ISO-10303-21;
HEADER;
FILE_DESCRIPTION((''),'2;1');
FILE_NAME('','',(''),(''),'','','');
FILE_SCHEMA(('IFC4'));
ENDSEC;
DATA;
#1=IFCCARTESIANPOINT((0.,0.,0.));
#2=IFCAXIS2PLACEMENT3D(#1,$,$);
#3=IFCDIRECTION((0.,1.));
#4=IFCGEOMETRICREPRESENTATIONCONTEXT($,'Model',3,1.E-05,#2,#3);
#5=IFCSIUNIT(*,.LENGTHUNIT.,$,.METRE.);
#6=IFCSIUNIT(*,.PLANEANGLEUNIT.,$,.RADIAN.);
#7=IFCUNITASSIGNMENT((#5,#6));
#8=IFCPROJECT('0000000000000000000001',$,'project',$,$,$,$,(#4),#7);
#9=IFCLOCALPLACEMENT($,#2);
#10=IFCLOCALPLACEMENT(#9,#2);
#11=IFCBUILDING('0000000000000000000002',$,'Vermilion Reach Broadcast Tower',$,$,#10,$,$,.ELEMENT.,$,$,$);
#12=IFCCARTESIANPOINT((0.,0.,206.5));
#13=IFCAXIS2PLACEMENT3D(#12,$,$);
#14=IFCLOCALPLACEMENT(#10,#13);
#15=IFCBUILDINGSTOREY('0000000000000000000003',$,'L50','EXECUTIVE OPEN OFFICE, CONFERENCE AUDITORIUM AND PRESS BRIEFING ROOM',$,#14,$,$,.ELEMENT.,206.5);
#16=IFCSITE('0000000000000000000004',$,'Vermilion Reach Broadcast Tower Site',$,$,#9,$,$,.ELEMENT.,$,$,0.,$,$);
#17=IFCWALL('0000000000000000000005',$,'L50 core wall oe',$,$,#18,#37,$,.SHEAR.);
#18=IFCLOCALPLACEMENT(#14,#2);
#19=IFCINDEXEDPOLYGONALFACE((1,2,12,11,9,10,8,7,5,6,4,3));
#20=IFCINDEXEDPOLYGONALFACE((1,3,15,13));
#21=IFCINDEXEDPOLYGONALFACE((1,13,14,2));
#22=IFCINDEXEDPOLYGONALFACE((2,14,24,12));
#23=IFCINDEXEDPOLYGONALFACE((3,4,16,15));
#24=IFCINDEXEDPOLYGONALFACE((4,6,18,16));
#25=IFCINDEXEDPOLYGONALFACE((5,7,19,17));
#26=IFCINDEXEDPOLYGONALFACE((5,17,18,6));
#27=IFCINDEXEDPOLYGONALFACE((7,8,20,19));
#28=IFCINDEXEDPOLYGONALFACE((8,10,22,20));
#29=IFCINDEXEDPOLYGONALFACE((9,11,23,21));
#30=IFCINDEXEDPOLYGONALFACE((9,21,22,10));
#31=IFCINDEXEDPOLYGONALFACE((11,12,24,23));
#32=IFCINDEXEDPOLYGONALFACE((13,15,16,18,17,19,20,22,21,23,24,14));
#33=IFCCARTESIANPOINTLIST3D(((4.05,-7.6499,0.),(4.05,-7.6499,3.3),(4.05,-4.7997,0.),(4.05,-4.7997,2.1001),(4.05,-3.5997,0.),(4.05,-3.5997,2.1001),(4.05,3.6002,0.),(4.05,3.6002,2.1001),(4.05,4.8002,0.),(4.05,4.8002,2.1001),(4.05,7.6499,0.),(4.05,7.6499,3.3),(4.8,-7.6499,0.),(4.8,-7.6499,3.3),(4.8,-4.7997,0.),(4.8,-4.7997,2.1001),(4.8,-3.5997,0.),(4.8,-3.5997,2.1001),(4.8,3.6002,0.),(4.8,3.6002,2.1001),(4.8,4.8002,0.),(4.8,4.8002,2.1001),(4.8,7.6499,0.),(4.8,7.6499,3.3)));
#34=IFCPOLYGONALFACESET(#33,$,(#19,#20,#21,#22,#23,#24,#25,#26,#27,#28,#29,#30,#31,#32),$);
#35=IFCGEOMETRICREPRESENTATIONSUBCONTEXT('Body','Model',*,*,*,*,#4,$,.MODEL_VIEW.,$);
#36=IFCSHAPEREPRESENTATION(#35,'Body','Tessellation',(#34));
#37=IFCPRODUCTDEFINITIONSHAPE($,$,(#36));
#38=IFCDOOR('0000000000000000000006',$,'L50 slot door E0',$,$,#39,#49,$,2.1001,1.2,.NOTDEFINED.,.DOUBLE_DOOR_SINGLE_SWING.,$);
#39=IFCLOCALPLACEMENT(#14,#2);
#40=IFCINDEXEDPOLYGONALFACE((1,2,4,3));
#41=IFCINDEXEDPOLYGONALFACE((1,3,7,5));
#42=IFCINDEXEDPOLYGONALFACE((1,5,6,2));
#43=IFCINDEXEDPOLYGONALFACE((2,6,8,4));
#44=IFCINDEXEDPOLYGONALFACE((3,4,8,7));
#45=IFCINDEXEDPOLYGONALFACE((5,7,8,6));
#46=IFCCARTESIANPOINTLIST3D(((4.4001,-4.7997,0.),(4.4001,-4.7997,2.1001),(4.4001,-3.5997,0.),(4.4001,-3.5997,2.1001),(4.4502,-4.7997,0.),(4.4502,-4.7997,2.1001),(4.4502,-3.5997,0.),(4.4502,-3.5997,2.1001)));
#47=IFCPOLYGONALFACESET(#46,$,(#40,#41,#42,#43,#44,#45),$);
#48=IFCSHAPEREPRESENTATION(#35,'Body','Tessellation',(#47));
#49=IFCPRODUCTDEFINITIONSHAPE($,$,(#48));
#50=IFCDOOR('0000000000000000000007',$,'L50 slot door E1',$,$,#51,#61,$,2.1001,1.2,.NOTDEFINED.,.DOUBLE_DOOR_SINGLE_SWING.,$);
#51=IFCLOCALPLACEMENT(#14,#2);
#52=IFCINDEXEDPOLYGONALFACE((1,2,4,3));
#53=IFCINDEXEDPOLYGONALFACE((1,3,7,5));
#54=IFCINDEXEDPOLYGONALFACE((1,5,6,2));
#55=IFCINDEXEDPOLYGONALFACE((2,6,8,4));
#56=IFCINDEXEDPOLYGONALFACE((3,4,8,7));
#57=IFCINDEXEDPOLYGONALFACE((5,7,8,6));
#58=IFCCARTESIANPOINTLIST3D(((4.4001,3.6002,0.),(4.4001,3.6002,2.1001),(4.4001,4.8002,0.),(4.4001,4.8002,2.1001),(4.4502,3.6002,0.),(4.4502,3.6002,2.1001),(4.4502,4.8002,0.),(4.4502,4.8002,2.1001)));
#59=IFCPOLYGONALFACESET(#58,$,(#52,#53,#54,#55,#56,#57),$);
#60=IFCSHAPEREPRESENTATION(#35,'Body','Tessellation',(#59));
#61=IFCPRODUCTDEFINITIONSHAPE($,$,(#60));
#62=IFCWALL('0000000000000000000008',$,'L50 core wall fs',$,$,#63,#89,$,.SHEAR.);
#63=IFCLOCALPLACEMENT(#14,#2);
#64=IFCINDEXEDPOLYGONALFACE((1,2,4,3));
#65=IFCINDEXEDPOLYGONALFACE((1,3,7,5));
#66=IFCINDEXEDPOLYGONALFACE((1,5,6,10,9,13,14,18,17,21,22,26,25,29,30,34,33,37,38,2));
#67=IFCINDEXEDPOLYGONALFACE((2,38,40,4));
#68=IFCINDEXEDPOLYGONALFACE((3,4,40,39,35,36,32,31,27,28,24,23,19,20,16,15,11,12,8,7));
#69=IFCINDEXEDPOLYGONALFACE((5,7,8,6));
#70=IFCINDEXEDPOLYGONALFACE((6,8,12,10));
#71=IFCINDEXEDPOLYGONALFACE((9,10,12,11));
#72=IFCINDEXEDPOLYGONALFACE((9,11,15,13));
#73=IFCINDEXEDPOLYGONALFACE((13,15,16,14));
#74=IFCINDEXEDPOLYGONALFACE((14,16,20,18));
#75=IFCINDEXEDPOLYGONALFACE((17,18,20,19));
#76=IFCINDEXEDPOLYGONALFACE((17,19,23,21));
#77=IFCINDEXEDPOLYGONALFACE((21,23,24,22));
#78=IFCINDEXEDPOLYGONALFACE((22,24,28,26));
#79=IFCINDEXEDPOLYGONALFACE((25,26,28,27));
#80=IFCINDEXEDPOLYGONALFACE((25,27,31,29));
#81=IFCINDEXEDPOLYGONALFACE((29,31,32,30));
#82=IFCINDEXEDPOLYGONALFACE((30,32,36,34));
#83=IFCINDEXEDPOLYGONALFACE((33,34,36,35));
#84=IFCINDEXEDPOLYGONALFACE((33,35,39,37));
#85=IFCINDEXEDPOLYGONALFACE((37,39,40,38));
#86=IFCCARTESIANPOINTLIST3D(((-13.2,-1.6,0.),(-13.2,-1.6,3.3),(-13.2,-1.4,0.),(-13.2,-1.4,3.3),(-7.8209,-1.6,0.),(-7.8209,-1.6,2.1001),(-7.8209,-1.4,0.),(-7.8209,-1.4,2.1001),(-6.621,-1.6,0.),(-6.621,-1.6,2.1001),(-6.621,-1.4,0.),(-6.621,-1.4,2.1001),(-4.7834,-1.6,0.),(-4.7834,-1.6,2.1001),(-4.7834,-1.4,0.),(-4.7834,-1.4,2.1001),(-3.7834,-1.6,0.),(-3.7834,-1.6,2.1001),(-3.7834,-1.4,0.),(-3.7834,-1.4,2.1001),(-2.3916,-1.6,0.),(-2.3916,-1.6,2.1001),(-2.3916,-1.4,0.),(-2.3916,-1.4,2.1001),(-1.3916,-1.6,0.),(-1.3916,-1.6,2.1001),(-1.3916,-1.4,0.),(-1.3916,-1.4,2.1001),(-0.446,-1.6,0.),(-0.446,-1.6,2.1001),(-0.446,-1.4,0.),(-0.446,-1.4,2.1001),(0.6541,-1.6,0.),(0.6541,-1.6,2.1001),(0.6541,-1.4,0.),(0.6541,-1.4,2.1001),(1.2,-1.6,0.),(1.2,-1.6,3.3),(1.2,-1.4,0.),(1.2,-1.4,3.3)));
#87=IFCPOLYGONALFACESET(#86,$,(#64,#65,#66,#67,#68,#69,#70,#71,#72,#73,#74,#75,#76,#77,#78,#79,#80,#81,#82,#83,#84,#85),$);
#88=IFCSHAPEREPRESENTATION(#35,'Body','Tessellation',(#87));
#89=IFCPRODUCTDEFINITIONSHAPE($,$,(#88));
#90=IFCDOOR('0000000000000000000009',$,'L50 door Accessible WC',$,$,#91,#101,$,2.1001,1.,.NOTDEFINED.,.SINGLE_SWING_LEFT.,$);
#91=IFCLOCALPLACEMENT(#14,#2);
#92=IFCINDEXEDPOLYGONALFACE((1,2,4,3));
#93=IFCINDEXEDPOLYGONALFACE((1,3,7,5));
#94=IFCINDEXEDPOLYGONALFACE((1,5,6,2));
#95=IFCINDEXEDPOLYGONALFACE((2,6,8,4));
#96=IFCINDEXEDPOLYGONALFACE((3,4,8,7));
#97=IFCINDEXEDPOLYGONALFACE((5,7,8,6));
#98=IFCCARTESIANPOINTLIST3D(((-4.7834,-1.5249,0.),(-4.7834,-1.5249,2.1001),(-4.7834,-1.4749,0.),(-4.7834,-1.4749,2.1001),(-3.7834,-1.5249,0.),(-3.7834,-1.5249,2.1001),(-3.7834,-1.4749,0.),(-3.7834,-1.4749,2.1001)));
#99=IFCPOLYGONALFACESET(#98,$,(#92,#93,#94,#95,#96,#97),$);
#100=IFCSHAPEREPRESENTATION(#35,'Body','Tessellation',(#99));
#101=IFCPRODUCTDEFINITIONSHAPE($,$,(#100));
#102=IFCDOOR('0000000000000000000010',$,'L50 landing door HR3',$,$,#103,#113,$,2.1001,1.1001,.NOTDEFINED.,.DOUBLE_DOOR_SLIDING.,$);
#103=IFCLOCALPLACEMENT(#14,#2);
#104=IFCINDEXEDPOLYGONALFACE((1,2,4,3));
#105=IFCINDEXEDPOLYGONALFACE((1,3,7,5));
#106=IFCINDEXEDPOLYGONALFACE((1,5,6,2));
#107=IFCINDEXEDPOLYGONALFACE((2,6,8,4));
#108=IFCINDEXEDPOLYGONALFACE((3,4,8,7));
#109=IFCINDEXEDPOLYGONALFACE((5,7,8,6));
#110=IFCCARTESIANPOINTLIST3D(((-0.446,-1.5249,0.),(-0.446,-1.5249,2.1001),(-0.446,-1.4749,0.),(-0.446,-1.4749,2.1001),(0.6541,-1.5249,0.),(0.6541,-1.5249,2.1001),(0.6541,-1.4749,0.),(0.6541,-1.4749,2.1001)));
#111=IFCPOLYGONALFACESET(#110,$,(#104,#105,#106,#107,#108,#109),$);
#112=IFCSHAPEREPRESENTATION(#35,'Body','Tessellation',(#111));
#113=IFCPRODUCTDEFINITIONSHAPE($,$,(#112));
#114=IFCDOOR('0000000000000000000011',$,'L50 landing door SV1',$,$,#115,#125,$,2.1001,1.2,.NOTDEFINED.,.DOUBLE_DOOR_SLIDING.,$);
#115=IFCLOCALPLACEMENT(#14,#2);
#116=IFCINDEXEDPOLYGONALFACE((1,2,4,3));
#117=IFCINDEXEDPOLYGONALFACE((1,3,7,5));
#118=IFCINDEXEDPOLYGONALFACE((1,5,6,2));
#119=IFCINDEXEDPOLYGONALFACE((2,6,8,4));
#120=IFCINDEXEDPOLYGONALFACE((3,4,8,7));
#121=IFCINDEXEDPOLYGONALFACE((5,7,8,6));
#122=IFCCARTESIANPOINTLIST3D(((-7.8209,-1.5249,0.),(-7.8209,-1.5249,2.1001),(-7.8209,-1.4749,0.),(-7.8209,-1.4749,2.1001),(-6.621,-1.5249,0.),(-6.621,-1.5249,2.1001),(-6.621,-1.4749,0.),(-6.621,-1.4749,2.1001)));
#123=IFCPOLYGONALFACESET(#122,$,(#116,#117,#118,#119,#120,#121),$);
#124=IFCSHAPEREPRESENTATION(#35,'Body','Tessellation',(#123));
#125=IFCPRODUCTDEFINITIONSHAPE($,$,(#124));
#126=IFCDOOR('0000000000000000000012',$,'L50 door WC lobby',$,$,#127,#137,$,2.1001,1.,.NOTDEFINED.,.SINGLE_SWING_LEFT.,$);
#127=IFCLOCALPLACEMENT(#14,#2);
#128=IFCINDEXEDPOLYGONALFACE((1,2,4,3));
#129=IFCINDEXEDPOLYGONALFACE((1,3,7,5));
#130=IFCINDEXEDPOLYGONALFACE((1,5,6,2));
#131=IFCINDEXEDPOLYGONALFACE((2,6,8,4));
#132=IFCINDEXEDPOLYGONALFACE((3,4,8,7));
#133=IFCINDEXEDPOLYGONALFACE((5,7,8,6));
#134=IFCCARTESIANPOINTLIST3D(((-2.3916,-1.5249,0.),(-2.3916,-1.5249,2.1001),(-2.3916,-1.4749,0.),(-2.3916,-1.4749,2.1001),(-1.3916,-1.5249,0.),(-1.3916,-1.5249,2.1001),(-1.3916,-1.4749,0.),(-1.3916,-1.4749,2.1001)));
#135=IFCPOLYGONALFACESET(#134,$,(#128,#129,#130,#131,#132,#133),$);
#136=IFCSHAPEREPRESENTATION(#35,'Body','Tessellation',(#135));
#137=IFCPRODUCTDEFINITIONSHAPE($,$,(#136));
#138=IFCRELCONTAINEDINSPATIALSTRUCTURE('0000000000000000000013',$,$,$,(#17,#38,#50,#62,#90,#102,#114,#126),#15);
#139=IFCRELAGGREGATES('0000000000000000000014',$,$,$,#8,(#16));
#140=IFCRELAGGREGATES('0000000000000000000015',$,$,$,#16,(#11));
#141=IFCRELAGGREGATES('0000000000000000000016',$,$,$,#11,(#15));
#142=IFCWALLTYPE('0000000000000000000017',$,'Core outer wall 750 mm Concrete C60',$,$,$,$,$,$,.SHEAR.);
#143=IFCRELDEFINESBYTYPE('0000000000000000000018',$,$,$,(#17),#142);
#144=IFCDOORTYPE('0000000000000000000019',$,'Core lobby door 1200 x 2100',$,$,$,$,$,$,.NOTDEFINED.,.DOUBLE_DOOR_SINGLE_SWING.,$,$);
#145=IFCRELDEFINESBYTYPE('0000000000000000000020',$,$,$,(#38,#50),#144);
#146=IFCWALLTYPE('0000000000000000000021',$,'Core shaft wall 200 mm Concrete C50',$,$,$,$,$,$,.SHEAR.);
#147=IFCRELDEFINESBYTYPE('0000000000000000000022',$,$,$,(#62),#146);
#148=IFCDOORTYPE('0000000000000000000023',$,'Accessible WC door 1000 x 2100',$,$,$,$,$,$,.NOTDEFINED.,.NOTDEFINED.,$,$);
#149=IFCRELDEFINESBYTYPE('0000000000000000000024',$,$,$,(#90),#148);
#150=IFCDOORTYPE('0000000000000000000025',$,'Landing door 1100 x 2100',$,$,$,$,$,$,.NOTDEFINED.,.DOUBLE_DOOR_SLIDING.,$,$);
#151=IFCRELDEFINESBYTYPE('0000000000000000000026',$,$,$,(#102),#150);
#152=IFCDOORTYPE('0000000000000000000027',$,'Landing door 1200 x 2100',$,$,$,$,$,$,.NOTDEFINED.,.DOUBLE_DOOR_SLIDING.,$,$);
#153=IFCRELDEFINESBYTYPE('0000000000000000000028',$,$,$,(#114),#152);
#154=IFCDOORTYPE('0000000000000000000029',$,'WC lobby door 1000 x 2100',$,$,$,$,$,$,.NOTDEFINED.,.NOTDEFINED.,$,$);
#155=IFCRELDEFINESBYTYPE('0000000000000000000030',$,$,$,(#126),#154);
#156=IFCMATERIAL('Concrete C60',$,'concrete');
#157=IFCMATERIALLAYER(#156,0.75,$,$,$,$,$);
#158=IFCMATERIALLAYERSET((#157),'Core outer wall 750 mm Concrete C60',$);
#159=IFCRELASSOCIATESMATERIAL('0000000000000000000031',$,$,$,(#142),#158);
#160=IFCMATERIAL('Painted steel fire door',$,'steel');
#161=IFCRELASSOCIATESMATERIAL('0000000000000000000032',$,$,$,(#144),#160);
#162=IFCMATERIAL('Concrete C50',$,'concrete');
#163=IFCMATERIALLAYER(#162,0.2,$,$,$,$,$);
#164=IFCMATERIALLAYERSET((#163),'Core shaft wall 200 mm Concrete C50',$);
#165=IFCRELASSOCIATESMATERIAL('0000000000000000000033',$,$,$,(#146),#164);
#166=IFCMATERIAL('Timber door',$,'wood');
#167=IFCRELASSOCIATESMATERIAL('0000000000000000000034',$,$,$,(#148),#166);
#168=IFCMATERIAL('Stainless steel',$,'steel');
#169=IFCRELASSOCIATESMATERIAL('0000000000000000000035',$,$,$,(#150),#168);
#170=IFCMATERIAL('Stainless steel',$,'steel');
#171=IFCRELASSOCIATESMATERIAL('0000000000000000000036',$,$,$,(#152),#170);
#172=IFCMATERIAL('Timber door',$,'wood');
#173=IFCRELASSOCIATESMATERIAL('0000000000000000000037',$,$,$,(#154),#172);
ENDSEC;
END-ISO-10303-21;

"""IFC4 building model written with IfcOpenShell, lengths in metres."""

from ifc_helpers import new_model, si_unit, direction, frame, frame_2d, origin, place, context, subcontext, project, spatial, rectangle, extrude, material, layer, layer_set, type_object, element, fill, save


model = new_model("IFC4")

# Units and contexts
model_context = context("Model", 3, precision=1e-05, world=origin(), true_north=direction((0.0, 1.0)))
body_context = subcontext(model_context, "Body", "Model", "MODEL_VIEW")
ifc_project = project(units=[si_unit("LENGTHUNIT", "METRE"), si_unit("PLANEANGLEUNIT", "RADIAN")], contexts=[model_context])

# Site, building, storey
site_placement = place(None, origin())
site = spatial("IfcSite", under=ifc_project, at=site_placement, Name="Vermilion Reach Broadcast Tower Site", CompositionType="ELEMENT", RefElevation=0.0)
building_placement = place(site_placement, origin())
building = spatial("IfcBuilding", under=site, at=building_placement, Name="Vermilion Reach Broadcast Tower", CompositionType="ELEMENT")
storey_placement = place(building_placement, frame((0.0, 0.0, 206.5)))
storey = spatial("IfcBuildingStorey", under=building, at=storey_placement, Name="L50", Description="EXECUTIVE OPEN OFFICE, CONFERENCE AUDITORIUM AND PRESS BRIEFING ROOM", CompositionType="ELEMENT", Elevation=206.5)

# Walls, openings, doors
ifc_material_1 = material(Name="Concrete C60", Category="concrete")
ifc_layer_1 = layer(ifc_material_1, 0.75)
ifc_layer_set_1 = layer_set([ifc_layer_1], Name="Core outer wall 750 mm Concrete C60")
wall_type_1 = type_object("IfcWallType", Name="Core outer wall 750 mm Concrete C60", PredefinedType="SHEAR", material=ifc_layer_set_1)
wall_1_placement = place(storey_placement, frame((4.425, -7.6499, 0.0), z_axis=(0.0, 0.0, 1.0), x_axis=(0.0, 1.0, 0.0)))
wall_1 = element("IfcWall", 1, at=wall_1_placement, inside=storey, type_object=wall_type_1, Name="L50 core wall oe", PredefinedType="SHEAR", context=body_context, shape_type="SweptSolid", body=[
    extrude(rectangle(XDim=15.2998, YDim=0.75, at=frame_2d((7.6499, 0.0))), origin(), (0.0, 0.0, 1.0), 3.3),
])
opening_1_placement = place(wall_1_placement, frame((2.8501, 0.0, 0.0)))
opening_1 = element("IfcOpeningElement", 2, at=opening_1_placement, cuts=wall_1, PredefinedType="OPENING", context=body_context, shape_type="SweptSolid", body=[
    extrude(rectangle(XDim=1.2, YDim=2.1001, at=frame_2d((0.6001, 1.05))), frame((0.0, 0.385, 0.0), z_axis=(0.0, -1.0, 0.0), x_axis=(1.0, 0.0, 0.0)), (0.0, 0.0, 1.0), 0.77),
])
opening_2_placement = place(wall_1_placement, frame((11.25, 0.0, 0.0)))
opening_2 = element("IfcOpeningElement", 3, at=opening_2_placement, cuts=wall_1, PredefinedType="OPENING", context=body_context, shape_type="SweptSolid", body=[
    extrude(rectangle(XDim=1.2, YDim=2.1001, at=frame_2d((0.6001, 1.05))), frame((0.0, 0.385, 0.0), z_axis=(0.0, -1.0, 0.0), x_axis=(1.0, 0.0, 0.0)), (0.0, 0.0, 1.0), 0.77),
])
ifc_material_2 = material(Name="Painted steel fire door", Category="steel")
door_type_1 = type_object("IfcDoorType", Name="Core lobby door 1200 x 2100", OperationType="DOUBLE_DOOR_SINGLE_SWING", PredefinedType="NOTDEFINED", material=ifc_material_2)
door_1_placement = place(opening_1_placement, origin())
door_1 = element("IfcDoor", 4, at=door_1_placement, inside=storey, type_object=door_type_1, Name="L50 slot door E0", OperationType="DOUBLE_DOOR_SINGLE_SWING", OverallHeight=2.1001, OverallWidth=1.2, PredefinedType="NOTDEFINED", context=body_context, shape_type="SweptSolid", body=[
    extrude(rectangle(XDim=1.2, YDim=2.1001, at=frame_2d((0.6001, 1.05))), frame((0.0, 0.0249, 0.0), z_axis=(0.0, -1.0, 0.0), x_axis=(1.0, 0.0, 0.0)), (0.0, 0.0, 1.0), 0.05),
])
fill(opening_1, door_1)
door_2_placement = place(opening_2_placement, origin())
door_2 = element("IfcDoor", 5, at=door_2_placement, inside=storey, type_object=door_type_1, Name="L50 slot door E1", OperationType="DOUBLE_DOOR_SINGLE_SWING", OverallHeight=2.1001, OverallWidth=1.2, PredefinedType="NOTDEFINED", context=body_context, shape_type="SweptSolid", body=[
    extrude(rectangle(XDim=1.2, YDim=2.1001, at=frame_2d((0.6001, 1.05))), frame((0.0, 0.0249, 0.0), z_axis=(0.0, -1.0, 0.0), x_axis=(1.0, 0.0, 0.0)), (0.0, 0.0, 1.0), 0.05),
])
fill(opening_2, door_2)
ifc_material_3 = material(Name="Concrete C50", Category="concrete")
ifc_layer_2 = layer(ifc_material_3, 0.2)
ifc_layer_set_2 = layer_set([ifc_layer_2], Name="Core shaft wall 200 mm Concrete C50")
wall_type_2 = type_object("IfcWallType", Name="Core shaft wall 200 mm Concrete C50", PredefinedType="SHEAR", material=ifc_layer_set_2)
wall_2_placement = place(storey_placement, frame((1.2, -1.5, 0.0), z_axis=(0.0, 0.0, 1.0), x_axis=(-1.0, 0.0, 0.0)))
wall_2 = element("IfcWall", 6, at=wall_2_placement, inside=storey, type_object=wall_type_2, Name="L50 core wall fs", PredefinedType="SHEAR", context=body_context, shape_type="SweptSolid", body=[
    extrude(rectangle(XDim=14.3999, YDim=0.2, at=frame_2d((7.2, 0.0))), origin(), (0.0, 0.0, 1.0), 3.3),
])
opening_3_placement = place(wall_2_placement, frame((7.8208, 0.0, 0.0)))
opening_3 = element("IfcOpeningElement", 7, at=opening_3_placement, cuts=wall_2, PredefinedType="OPENING", context=body_context, shape_type="SweptSolid", body=[
    extrude(rectangle(XDim=1.2, YDim=2.1001, at=frame_2d((0.6001, 1.05))), frame((0.0, 0.1099, 0.0), z_axis=(0.0, -1.0, 0.0), x_axis=(1.0, 0.0, 0.0)), (0.0, 0.0, 1.0), 0.22),
])
opening_4_placement = place(wall_2_placement, frame((0.5459, 0.0, 0.0)))
opening_4 = element("IfcOpeningElement", 8, at=opening_4_placement, cuts=wall_2, PredefinedType="OPENING", context=body_context, shape_type="SweptSolid", body=[
    extrude(rectangle(XDim=1.1001, YDim=2.1001, at=frame_2d((0.55, 1.05))), frame((0.0, 0.1099, 0.0), z_axis=(0.0, -1.0, 0.0), x_axis=(1.0, 0.0, 0.0)), (0.0, 0.0, 1.0), 0.22),
])
opening_5_placement = place(wall_2_placement, frame((4.9834, 0.0, 0.0)))
opening_5 = element("IfcOpeningElement", 9, at=opening_5_placement, cuts=wall_2, PredefinedType="OPENING", context=body_context, shape_type="SweptSolid", body=[
    extrude(rectangle(XDim=1.0, YDim=2.1001, at=frame_2d((0.5, 1.05))), frame((0.0, 0.1099, 0.0), z_axis=(0.0, -1.0, 0.0), x_axis=(1.0, 0.0, 0.0)), (0.0, 0.0, 1.0), 0.22),
])
opening_6_placement = place(wall_2_placement, frame((2.5916, 0.0, 0.0)))
opening_6 = element("IfcOpeningElement", 10, at=opening_6_placement, cuts=wall_2, PredefinedType="OPENING", context=body_context, shape_type="SweptSolid", body=[
    extrude(rectangle(XDim=1.0, YDim=2.1001, at=frame_2d((0.5, 1.05))), frame((0.0, 0.1099, 0.0), z_axis=(0.0, -1.0, 0.0), x_axis=(1.0, 0.0, 0.0)), (0.0, 0.0, 1.0), 0.22),
])
ifc_material_4 = material(Name="Timber door", Category="wood")
door_type_2 = type_object("IfcDoorType", Name="Accessible WC door 1000 x 2100", OperationType="NOTDEFINED", PredefinedType="NOTDEFINED", material=ifc_material_4)
door_3_placement = place(opening_5_placement, origin())
door_3 = element("IfcDoor", 11, at=door_3_placement, inside=storey, type_object=door_type_2, Name="L50 door Accessible WC", OperationType="SINGLE_SWING_LEFT", OverallHeight=2.1001, OverallWidth=1.0, PredefinedType="NOTDEFINED", context=body_context, shape_type="SweptSolid", body=[
    extrude(rectangle(XDim=1.0, YDim=2.1001, at=frame_2d((0.5, 1.05))), frame((0.0, 0.0249, 0.0), z_axis=(0.0, -1.0, 0.0), x_axis=(1.0, 0.0, 0.0)), (0.0, 0.0, 1.0), 0.05),
])
fill(opening_5, door_3)
ifc_material_5 = material(Name="Stainless steel", Category="steel")
door_type_3 = type_object("IfcDoorType", Name="Landing door 1100 x 2100", OperationType="DOUBLE_DOOR_SLIDING", PredefinedType="NOTDEFINED", material=ifc_material_5)
door_4_placement = place(opening_4_placement, origin())
door_4 = element("IfcDoor", 12, at=door_4_placement, inside=storey, type_object=door_type_3, Name="L50 landing door HR3", OperationType="DOUBLE_DOOR_SLIDING", OverallHeight=2.1001, OverallWidth=1.1001, PredefinedType="NOTDEFINED", context=body_context, shape_type="SweptSolid", body=[
    extrude(rectangle(XDim=1.1001, YDim=2.1001, at=frame_2d((0.55, 1.05))), frame((0.0, 0.0249, 0.0), z_axis=(0.0, -1.0, 0.0), x_axis=(1.0, 0.0, 0.0)), (0.0, 0.0, 1.0), 0.05),
])
fill(opening_4, door_4)
ifc_material_6 = material(Name="Stainless steel", Category="steel")
door_type_4 = type_object("IfcDoorType", Name="Landing door 1200 x 2100", OperationType="DOUBLE_DOOR_SLIDING", PredefinedType="NOTDEFINED", material=ifc_material_6)
door_5_placement = place(opening_3_placement, origin())
door_5 = element("IfcDoor", 13, at=door_5_placement, inside=storey, type_object=door_type_4, Name="L50 landing door SV1", OperationType="DOUBLE_DOOR_SLIDING", OverallHeight=2.1001, OverallWidth=1.2, PredefinedType="NOTDEFINED", context=body_context, shape_type="SweptSolid", body=[
    extrude(rectangle(XDim=1.2, YDim=2.1001, at=frame_2d((0.6001, 1.05))), frame((0.0, 0.0249, 0.0), z_axis=(0.0, -1.0, 0.0), x_axis=(1.0, 0.0, 0.0)), (0.0, 0.0, 1.0), 0.05),
])
fill(opening_3, door_5)
ifc_material_7 = material(Name="Timber door", Category="wood")
door_type_5 = type_object("IfcDoorType", Name="WC lobby door 1000 x 2100", OperationType="NOTDEFINED", PredefinedType="NOTDEFINED", material=ifc_material_7)
door_6_placement = place(opening_6_placement, origin())
door_6 = element("IfcDoor", 14, at=door_6_placement, inside=storey, type_object=door_type_5, Name="L50 door WC lobby", OperationType="SINGLE_SWING_LEFT", OverallHeight=2.1001, OverallWidth=1.0, PredefinedType="NOTDEFINED", context=body_context, shape_type="SweptSolid", body=[
    extrude(rectangle(XDim=1.0, YDim=2.1001, at=frame_2d((0.5, 1.05))), frame((0.0, 0.0249, 0.0), z_axis=(0.0, -1.0, 0.0), x_axis=(1.0, 0.0, 0.0)), (0.0, 0.0, 1.0), 0.05),
])
fill(opening_6, door_6)

save(model, "model.ifc")
